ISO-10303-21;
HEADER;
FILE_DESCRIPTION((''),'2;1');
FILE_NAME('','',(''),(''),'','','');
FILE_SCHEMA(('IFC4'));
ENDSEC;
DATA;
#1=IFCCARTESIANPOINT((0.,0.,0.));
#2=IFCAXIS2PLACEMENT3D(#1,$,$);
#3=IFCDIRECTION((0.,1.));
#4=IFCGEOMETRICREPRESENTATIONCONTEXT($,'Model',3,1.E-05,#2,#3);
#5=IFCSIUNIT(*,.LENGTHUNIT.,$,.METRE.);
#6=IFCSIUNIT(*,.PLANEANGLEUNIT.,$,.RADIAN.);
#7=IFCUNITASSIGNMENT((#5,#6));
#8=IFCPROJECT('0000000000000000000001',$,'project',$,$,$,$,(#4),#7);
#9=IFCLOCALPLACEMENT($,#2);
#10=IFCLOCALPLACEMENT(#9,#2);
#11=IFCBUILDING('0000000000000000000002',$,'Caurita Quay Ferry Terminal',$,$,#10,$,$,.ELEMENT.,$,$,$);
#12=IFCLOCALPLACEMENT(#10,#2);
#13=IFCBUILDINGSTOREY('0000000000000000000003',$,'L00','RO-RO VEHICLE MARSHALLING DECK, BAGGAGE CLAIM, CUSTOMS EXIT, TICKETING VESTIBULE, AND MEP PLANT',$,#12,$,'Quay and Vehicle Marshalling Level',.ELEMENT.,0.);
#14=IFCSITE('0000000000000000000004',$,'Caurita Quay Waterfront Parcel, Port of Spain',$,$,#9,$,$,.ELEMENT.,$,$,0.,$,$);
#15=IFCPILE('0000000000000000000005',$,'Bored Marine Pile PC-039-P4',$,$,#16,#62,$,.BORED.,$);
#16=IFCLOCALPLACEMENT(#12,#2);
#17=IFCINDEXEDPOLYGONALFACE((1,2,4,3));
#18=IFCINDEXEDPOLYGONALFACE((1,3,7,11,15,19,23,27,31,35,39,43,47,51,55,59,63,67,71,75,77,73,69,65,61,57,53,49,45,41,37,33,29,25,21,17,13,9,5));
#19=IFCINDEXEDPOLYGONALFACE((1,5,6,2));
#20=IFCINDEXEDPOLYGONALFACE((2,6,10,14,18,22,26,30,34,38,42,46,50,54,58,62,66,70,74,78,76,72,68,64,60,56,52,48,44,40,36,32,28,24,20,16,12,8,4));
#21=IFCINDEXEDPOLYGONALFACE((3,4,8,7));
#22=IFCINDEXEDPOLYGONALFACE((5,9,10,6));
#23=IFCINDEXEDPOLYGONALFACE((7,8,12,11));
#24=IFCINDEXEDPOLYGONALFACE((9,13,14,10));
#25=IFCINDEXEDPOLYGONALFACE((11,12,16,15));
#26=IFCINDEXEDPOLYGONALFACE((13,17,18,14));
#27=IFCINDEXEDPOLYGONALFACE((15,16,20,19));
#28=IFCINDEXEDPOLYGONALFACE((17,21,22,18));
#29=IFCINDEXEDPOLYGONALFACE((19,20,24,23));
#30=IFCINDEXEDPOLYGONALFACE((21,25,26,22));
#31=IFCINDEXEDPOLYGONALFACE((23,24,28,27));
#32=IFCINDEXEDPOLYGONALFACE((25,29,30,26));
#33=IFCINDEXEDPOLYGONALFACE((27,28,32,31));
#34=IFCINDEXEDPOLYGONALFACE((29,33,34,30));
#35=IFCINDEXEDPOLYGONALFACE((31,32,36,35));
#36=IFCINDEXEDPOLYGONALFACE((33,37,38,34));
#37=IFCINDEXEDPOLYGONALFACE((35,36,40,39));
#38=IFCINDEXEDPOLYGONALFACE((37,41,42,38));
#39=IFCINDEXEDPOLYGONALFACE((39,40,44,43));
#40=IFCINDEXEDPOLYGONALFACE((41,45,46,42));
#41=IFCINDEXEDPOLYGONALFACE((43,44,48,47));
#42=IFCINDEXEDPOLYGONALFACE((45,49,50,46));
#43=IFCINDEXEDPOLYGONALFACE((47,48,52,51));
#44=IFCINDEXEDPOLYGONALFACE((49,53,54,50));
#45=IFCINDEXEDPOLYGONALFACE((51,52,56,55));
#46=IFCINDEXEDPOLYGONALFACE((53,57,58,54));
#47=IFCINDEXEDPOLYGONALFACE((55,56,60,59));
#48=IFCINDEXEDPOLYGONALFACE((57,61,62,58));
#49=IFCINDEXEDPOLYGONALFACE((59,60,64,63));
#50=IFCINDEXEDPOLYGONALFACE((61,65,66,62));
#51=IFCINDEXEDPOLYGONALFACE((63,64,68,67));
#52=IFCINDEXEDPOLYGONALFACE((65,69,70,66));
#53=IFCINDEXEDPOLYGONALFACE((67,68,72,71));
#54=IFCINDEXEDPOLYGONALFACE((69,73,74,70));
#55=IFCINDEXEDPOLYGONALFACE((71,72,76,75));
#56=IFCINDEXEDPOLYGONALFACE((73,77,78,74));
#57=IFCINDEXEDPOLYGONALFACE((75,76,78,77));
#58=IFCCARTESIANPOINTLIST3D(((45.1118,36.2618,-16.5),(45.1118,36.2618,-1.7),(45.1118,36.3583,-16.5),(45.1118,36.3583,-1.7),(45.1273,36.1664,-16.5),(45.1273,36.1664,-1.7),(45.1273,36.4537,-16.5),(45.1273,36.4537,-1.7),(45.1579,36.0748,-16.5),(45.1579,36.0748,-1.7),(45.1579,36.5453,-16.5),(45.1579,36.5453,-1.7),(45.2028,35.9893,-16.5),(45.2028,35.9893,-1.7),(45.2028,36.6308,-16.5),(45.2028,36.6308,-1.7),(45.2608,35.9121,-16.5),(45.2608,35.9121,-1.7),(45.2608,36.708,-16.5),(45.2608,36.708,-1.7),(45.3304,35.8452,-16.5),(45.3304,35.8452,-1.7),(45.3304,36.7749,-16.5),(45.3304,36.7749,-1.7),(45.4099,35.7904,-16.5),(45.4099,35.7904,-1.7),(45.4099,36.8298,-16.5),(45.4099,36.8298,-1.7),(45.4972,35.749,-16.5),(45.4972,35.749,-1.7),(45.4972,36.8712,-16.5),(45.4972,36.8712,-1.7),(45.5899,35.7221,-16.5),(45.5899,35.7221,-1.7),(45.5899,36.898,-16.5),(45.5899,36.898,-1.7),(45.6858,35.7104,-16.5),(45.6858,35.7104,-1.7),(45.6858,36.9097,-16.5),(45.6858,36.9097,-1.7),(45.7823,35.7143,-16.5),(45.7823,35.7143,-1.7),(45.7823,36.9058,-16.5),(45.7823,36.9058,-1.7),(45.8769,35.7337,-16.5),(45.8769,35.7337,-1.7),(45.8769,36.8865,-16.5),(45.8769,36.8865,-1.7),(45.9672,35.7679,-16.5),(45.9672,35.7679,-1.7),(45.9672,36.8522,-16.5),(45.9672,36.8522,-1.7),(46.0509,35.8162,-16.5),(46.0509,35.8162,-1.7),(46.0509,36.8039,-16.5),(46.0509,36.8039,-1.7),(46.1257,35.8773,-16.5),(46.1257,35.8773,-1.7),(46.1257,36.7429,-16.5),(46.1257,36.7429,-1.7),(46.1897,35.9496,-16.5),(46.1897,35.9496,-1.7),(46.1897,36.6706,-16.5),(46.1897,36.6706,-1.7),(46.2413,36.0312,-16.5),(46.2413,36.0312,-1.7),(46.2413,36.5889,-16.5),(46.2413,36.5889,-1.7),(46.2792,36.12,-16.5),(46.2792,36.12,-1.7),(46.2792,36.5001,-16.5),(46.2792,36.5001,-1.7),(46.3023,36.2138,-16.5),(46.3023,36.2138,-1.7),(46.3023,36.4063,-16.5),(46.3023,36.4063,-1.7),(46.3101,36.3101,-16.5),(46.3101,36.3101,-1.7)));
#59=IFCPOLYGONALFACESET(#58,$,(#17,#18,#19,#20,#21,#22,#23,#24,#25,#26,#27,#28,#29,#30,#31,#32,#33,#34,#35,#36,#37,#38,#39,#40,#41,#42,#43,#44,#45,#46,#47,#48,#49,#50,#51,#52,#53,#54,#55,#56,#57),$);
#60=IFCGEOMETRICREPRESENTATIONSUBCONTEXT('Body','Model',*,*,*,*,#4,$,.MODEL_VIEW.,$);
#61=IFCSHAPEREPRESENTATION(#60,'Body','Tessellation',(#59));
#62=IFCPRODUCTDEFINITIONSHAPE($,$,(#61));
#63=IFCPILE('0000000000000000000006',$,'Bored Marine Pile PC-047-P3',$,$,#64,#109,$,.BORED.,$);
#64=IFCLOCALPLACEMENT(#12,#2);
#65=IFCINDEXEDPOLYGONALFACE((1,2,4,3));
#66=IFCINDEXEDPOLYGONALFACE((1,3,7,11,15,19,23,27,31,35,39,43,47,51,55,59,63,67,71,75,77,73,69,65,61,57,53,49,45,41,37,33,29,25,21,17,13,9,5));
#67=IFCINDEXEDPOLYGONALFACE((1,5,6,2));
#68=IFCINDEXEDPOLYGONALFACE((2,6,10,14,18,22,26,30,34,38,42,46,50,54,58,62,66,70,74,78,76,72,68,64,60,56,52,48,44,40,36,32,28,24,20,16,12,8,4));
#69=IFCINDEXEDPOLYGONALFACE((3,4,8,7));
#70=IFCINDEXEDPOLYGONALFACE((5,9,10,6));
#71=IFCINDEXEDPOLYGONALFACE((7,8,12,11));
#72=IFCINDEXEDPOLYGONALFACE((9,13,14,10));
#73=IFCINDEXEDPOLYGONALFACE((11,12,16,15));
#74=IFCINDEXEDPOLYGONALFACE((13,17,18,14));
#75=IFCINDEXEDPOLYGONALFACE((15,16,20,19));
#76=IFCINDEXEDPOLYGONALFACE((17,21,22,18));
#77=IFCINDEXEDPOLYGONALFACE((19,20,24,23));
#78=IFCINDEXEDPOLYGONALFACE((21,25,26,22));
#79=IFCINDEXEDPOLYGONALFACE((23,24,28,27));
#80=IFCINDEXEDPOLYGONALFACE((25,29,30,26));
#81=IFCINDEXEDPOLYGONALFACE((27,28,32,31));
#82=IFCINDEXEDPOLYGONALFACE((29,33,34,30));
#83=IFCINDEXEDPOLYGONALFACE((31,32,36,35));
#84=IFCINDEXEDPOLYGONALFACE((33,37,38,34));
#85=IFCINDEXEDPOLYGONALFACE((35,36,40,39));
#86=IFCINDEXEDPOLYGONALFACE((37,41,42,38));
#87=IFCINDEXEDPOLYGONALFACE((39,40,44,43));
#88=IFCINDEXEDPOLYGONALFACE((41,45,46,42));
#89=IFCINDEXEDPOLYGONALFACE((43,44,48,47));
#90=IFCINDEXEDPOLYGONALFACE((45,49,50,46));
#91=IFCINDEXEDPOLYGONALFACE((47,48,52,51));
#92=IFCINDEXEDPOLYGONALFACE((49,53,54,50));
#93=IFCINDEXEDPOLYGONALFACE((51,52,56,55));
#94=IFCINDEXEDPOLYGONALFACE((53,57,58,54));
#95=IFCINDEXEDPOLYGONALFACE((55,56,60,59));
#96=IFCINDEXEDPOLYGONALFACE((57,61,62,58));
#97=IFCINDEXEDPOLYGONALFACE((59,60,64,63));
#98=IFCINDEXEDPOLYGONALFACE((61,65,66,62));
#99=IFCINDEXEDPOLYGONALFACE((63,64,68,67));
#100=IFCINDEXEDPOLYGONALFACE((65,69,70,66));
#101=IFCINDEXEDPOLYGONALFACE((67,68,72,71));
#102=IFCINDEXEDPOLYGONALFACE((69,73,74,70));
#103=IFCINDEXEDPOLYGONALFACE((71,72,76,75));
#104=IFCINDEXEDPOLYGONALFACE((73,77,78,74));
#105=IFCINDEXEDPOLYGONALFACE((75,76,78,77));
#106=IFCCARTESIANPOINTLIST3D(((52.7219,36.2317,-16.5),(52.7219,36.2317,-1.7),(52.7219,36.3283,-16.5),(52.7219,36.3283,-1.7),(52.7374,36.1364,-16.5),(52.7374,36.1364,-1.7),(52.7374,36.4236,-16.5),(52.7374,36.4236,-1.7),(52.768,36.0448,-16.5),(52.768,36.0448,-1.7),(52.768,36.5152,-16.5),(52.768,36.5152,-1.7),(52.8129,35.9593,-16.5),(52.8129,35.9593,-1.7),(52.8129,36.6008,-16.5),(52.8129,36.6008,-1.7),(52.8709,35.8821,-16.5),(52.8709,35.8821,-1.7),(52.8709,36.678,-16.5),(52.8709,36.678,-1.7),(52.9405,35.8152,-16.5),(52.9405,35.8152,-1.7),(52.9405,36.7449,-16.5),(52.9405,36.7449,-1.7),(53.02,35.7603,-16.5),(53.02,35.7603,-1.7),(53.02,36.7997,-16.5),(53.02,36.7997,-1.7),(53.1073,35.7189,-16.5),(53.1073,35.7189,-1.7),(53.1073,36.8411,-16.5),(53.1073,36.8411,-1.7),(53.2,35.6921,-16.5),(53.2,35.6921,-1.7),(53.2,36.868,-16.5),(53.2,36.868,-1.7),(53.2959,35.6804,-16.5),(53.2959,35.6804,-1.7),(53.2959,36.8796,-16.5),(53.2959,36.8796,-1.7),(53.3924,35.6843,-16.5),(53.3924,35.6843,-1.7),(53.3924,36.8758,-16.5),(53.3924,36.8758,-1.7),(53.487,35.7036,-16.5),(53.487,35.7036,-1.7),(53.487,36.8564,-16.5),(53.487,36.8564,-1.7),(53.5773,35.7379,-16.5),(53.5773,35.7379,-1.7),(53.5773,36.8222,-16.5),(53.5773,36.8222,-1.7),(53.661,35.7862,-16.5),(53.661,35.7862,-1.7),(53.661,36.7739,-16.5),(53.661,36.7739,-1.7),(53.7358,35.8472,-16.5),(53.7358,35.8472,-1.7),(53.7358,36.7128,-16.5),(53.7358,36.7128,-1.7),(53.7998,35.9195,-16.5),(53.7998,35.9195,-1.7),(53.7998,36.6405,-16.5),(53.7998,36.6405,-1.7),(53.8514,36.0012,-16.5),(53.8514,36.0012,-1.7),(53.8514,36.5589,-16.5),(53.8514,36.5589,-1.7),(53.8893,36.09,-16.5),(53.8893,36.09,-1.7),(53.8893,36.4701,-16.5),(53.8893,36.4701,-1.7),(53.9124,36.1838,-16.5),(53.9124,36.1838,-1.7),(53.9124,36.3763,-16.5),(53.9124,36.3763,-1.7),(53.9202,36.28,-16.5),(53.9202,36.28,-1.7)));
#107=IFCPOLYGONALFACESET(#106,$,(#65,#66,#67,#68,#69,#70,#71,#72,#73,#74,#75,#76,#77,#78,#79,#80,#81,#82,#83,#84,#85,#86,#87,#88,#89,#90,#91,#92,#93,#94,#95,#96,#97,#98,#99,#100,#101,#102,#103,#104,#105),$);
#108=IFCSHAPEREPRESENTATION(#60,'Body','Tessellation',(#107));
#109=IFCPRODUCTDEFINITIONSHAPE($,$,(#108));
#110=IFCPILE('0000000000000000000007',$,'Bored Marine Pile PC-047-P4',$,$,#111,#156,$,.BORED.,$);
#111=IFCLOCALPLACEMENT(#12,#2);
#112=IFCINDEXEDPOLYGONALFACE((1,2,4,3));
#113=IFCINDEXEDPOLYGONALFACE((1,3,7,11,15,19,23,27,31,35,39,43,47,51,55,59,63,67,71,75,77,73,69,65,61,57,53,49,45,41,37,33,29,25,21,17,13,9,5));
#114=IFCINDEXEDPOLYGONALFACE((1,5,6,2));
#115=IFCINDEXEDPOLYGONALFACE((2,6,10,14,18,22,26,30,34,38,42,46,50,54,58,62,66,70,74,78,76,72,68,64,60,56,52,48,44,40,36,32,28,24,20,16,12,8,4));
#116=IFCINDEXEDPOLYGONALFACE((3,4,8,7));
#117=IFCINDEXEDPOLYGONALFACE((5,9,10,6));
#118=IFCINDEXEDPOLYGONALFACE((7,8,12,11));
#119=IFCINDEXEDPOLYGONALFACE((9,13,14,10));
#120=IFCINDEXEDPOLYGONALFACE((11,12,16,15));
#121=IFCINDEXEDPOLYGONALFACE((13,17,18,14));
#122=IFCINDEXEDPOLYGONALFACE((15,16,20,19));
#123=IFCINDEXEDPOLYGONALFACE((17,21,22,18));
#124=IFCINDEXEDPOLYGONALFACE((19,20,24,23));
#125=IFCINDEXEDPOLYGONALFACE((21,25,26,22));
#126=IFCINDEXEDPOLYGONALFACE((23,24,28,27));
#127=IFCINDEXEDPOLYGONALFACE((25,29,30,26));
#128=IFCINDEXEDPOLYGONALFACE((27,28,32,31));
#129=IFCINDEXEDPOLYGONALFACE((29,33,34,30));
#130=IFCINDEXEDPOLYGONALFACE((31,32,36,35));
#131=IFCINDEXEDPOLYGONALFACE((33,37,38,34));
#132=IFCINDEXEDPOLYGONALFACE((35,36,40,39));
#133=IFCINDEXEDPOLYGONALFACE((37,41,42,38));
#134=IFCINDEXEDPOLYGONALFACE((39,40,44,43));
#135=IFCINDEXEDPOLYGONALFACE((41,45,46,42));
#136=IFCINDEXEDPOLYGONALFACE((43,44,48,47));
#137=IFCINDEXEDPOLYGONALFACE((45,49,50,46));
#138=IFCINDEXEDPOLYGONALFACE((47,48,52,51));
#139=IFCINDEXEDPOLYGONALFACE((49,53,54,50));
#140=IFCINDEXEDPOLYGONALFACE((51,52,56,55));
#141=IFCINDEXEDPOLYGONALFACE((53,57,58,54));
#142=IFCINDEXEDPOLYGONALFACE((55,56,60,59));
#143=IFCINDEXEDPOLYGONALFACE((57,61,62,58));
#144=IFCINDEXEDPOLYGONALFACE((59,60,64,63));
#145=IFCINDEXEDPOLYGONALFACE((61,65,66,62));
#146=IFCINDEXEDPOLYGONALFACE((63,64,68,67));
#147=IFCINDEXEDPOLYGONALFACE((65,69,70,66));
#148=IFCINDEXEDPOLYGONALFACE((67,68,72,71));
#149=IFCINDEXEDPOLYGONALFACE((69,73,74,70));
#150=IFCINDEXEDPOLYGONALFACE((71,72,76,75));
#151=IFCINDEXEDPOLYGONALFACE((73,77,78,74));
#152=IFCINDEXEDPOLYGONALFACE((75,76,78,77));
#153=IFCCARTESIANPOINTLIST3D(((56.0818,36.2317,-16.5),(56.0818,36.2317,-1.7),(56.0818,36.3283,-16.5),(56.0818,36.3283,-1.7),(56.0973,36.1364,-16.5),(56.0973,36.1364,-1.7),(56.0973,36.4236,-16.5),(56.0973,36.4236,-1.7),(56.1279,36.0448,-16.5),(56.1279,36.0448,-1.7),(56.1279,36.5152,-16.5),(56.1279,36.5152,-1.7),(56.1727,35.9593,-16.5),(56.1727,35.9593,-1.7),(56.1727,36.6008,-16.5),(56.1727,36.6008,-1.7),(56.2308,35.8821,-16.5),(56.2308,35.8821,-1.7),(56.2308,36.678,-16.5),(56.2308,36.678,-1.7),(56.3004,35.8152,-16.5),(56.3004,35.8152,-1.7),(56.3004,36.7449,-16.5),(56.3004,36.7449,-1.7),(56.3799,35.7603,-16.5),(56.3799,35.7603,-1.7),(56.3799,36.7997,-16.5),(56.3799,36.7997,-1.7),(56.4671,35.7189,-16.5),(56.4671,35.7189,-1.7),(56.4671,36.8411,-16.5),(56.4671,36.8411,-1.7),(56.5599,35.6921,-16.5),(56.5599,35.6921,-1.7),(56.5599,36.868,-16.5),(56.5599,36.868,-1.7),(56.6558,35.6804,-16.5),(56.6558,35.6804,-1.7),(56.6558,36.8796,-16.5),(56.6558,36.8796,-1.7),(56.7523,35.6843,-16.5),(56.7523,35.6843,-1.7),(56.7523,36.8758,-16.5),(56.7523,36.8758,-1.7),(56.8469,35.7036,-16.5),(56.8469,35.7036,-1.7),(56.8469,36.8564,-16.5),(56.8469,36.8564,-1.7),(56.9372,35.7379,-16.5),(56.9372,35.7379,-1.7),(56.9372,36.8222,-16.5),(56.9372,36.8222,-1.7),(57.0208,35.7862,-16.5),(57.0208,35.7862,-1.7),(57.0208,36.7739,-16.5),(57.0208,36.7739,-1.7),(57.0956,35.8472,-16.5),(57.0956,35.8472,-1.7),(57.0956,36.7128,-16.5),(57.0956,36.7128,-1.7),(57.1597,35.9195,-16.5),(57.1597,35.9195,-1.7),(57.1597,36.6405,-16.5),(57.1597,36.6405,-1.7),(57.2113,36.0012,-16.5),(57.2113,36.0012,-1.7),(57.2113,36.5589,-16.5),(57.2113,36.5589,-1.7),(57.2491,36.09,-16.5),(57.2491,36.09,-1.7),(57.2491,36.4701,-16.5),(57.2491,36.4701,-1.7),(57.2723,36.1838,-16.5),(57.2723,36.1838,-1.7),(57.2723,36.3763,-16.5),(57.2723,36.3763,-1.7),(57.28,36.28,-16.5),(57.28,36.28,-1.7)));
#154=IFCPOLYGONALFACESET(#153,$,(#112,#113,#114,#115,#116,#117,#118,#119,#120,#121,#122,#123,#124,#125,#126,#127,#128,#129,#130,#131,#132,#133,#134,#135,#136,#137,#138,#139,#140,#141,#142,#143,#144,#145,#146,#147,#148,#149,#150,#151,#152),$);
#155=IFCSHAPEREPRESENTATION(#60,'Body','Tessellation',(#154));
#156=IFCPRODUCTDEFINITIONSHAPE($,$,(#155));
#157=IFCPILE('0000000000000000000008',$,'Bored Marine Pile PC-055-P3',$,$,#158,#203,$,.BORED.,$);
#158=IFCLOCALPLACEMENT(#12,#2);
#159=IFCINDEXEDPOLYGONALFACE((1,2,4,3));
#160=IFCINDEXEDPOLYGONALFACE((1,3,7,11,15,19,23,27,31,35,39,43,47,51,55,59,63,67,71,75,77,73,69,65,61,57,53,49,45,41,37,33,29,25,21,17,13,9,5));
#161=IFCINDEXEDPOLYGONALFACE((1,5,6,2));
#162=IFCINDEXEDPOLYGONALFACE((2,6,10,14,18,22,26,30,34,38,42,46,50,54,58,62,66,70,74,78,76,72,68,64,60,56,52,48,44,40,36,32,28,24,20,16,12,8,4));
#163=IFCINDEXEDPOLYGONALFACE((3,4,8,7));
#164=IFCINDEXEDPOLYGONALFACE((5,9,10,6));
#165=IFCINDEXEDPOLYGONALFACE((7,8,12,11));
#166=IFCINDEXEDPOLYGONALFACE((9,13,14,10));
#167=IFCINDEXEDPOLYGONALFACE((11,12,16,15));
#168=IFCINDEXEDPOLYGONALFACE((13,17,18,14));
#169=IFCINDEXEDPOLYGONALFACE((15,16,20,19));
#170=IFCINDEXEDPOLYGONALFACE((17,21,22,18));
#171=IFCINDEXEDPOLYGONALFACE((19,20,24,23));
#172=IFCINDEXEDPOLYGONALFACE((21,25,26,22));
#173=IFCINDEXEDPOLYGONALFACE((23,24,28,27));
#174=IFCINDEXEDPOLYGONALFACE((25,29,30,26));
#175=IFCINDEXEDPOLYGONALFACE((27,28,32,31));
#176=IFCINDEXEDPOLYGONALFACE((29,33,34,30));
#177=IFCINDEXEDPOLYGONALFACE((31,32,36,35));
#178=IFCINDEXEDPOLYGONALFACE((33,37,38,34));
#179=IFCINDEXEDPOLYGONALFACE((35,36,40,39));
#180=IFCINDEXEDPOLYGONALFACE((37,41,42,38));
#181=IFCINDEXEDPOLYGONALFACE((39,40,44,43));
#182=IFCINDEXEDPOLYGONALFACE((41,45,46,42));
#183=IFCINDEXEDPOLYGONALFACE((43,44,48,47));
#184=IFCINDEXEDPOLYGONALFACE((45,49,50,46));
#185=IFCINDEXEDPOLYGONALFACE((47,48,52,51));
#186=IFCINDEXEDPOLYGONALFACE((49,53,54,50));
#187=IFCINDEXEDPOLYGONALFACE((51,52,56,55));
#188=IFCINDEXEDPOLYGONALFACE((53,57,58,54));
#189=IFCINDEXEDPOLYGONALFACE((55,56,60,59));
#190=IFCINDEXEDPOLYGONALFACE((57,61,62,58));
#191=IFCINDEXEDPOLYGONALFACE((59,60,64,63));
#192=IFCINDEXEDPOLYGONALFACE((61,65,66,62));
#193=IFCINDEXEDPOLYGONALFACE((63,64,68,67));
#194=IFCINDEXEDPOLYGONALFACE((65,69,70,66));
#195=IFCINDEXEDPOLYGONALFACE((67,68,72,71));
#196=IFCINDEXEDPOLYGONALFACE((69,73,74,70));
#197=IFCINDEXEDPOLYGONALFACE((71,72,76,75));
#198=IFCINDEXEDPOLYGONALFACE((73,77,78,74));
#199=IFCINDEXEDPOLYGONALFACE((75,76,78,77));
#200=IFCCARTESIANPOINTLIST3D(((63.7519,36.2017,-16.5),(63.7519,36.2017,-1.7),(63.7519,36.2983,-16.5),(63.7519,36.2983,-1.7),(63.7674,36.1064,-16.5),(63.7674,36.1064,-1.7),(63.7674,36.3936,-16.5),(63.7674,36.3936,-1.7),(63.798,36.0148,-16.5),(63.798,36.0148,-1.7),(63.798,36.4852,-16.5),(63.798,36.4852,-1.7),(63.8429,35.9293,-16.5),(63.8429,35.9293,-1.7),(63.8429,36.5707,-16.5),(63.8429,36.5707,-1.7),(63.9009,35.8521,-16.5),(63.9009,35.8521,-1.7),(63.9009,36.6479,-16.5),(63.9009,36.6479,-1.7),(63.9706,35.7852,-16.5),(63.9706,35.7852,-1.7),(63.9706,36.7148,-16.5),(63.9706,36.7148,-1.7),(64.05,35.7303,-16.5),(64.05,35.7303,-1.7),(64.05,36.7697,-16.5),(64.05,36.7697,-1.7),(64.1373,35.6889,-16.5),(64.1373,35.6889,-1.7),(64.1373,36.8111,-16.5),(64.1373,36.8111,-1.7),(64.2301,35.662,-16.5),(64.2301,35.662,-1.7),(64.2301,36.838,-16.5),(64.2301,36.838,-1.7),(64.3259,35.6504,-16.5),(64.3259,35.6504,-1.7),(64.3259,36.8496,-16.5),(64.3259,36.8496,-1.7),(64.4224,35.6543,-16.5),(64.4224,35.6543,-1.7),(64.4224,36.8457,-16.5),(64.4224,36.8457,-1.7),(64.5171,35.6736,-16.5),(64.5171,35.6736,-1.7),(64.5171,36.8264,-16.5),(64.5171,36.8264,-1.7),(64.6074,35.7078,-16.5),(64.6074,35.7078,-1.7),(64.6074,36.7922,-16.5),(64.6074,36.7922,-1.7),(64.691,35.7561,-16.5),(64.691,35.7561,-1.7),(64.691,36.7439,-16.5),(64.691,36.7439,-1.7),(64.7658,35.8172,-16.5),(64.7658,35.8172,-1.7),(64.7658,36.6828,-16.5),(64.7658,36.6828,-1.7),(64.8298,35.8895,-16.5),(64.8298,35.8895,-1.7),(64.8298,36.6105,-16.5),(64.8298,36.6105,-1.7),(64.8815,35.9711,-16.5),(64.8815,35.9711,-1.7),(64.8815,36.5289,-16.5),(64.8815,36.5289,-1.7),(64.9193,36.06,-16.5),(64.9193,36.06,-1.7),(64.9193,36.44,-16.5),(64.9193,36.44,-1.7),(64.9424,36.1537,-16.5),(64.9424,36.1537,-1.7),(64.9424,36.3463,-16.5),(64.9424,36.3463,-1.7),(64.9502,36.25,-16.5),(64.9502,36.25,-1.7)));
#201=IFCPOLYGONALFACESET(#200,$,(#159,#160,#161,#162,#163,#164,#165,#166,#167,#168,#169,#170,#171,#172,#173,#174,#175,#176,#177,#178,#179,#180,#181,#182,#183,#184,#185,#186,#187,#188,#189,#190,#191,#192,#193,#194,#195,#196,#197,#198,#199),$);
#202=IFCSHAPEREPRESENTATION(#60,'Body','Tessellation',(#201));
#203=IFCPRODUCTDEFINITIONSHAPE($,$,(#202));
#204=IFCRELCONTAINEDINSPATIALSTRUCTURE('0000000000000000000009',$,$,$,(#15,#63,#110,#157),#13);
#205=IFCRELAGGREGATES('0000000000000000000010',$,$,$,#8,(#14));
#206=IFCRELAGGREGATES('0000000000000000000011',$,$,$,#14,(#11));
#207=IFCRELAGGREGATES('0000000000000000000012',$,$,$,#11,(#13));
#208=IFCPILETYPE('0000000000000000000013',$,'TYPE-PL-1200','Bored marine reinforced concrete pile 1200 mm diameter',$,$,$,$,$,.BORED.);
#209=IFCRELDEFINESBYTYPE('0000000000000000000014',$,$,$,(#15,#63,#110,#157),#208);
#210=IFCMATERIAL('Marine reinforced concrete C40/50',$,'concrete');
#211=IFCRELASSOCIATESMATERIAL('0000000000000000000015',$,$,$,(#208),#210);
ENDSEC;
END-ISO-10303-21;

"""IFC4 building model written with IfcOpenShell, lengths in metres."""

from ifc_helpers import new_model, si_unit, direction, frame, origin, origin_2d, place, context, subcontext, project, spatial, circle, extrude, material, material_profile, profile_set, type_object, element, save


model = new_model("IFC4")

# Units and contexts
model_context = context("Model", 3, precision=1e-05, world=origin(), true_north=direction((0.0, 1.0)))
body_context = subcontext(model_context, "Body", "Model", "MODEL_VIEW")
ifc_project = project(units=[si_unit("LENGTHUNIT", "METRE"), si_unit("PLANEANGLEUNIT", "RADIAN")], contexts=[model_context])

# Site, building, storey
site_placement = place(None, origin())
site = spatial("IfcSite", under=ifc_project, at=site_placement, Name="Caurita Quay Waterfront Parcel, Port of Spain", CompositionType="ELEMENT", RefElevation=0.0)
building_placement = place(site_placement, origin())
building = spatial("IfcBuilding", under=site, at=building_placement, Name="Caurita Quay Ferry Terminal", CompositionType="ELEMENT")
storey_placement = place(building_placement, origin())
storey = spatial("IfcBuildingStorey", under=building, at=storey_placement, Name="L00", Description="RO-RO VEHICLE MARSHALLING DECK, BAGGAGE CLAIM, CUSTOMS EXIT, TICKETING VESTIBULE, AND MEP PLANT", LongName="Quay and Vehicle Marshalling Level", CompositionType="ELEMENT", Elevation=0.0)

# Piles
ifc_material_1 = material(Name="Marine reinforced concrete C40/50", Category="concrete")
ifc_material_profile_1 = material_profile(ifc_material_1, circle(Radius=0.6001, at=origin_2d()), Name="PILE-D1200")
ifc_profile_set_1 = profile_set([ifc_material_profile_1], Name="Marine reinforced concrete C40/50")
pile_type_1 = type_object("IfcPileType", Name="TYPE-PL-1200", Description="Bored marine reinforced concrete pile 1200 mm diameter", PredefinedType="BORED", material=ifc_profile_set_1)
for number, where, z_axis, x_axis, name in (
    (1, (45.71, 36.3101, -1.7), (0.0, 0.0, -1.0), (1.0, 0.0, 0.0), "Bored Marine Pile PC-039-P4"),
    (2, (53.3201, 36.28, -1.7), (0.0, 0.0, -1.0), (1.0, 0.0, 0.0), "Bored Marine Pile PC-047-P3"),
    (3, (56.6799, 36.28, -1.7), (0.0, 0.0, -1.0), (1.0, 0.0, 0.0), "Bored Marine Pile PC-047-P4"),
    (4, (64.3501, 36.25, -1.7), (0.0, 0.0, -1.0), (1.0, 0.0, 0.0), "Bored Marine Pile PC-055-P3"),
):
    element("IfcPile", number, at=place(storey_placement, frame(where, z_axis=z_axis, x_axis=x_axis)), inside=storey, type_object=pile_type_1, Name=name, PredefinedType="BORED", context=body_context, shape_type="SweptSolid", body=[
        extrude(circle(Radius=0.6001, at=origin_2d()), origin(), (0.0, 0.0, 1.0), 14.8),
    ])

save(model, "model.ifc")
